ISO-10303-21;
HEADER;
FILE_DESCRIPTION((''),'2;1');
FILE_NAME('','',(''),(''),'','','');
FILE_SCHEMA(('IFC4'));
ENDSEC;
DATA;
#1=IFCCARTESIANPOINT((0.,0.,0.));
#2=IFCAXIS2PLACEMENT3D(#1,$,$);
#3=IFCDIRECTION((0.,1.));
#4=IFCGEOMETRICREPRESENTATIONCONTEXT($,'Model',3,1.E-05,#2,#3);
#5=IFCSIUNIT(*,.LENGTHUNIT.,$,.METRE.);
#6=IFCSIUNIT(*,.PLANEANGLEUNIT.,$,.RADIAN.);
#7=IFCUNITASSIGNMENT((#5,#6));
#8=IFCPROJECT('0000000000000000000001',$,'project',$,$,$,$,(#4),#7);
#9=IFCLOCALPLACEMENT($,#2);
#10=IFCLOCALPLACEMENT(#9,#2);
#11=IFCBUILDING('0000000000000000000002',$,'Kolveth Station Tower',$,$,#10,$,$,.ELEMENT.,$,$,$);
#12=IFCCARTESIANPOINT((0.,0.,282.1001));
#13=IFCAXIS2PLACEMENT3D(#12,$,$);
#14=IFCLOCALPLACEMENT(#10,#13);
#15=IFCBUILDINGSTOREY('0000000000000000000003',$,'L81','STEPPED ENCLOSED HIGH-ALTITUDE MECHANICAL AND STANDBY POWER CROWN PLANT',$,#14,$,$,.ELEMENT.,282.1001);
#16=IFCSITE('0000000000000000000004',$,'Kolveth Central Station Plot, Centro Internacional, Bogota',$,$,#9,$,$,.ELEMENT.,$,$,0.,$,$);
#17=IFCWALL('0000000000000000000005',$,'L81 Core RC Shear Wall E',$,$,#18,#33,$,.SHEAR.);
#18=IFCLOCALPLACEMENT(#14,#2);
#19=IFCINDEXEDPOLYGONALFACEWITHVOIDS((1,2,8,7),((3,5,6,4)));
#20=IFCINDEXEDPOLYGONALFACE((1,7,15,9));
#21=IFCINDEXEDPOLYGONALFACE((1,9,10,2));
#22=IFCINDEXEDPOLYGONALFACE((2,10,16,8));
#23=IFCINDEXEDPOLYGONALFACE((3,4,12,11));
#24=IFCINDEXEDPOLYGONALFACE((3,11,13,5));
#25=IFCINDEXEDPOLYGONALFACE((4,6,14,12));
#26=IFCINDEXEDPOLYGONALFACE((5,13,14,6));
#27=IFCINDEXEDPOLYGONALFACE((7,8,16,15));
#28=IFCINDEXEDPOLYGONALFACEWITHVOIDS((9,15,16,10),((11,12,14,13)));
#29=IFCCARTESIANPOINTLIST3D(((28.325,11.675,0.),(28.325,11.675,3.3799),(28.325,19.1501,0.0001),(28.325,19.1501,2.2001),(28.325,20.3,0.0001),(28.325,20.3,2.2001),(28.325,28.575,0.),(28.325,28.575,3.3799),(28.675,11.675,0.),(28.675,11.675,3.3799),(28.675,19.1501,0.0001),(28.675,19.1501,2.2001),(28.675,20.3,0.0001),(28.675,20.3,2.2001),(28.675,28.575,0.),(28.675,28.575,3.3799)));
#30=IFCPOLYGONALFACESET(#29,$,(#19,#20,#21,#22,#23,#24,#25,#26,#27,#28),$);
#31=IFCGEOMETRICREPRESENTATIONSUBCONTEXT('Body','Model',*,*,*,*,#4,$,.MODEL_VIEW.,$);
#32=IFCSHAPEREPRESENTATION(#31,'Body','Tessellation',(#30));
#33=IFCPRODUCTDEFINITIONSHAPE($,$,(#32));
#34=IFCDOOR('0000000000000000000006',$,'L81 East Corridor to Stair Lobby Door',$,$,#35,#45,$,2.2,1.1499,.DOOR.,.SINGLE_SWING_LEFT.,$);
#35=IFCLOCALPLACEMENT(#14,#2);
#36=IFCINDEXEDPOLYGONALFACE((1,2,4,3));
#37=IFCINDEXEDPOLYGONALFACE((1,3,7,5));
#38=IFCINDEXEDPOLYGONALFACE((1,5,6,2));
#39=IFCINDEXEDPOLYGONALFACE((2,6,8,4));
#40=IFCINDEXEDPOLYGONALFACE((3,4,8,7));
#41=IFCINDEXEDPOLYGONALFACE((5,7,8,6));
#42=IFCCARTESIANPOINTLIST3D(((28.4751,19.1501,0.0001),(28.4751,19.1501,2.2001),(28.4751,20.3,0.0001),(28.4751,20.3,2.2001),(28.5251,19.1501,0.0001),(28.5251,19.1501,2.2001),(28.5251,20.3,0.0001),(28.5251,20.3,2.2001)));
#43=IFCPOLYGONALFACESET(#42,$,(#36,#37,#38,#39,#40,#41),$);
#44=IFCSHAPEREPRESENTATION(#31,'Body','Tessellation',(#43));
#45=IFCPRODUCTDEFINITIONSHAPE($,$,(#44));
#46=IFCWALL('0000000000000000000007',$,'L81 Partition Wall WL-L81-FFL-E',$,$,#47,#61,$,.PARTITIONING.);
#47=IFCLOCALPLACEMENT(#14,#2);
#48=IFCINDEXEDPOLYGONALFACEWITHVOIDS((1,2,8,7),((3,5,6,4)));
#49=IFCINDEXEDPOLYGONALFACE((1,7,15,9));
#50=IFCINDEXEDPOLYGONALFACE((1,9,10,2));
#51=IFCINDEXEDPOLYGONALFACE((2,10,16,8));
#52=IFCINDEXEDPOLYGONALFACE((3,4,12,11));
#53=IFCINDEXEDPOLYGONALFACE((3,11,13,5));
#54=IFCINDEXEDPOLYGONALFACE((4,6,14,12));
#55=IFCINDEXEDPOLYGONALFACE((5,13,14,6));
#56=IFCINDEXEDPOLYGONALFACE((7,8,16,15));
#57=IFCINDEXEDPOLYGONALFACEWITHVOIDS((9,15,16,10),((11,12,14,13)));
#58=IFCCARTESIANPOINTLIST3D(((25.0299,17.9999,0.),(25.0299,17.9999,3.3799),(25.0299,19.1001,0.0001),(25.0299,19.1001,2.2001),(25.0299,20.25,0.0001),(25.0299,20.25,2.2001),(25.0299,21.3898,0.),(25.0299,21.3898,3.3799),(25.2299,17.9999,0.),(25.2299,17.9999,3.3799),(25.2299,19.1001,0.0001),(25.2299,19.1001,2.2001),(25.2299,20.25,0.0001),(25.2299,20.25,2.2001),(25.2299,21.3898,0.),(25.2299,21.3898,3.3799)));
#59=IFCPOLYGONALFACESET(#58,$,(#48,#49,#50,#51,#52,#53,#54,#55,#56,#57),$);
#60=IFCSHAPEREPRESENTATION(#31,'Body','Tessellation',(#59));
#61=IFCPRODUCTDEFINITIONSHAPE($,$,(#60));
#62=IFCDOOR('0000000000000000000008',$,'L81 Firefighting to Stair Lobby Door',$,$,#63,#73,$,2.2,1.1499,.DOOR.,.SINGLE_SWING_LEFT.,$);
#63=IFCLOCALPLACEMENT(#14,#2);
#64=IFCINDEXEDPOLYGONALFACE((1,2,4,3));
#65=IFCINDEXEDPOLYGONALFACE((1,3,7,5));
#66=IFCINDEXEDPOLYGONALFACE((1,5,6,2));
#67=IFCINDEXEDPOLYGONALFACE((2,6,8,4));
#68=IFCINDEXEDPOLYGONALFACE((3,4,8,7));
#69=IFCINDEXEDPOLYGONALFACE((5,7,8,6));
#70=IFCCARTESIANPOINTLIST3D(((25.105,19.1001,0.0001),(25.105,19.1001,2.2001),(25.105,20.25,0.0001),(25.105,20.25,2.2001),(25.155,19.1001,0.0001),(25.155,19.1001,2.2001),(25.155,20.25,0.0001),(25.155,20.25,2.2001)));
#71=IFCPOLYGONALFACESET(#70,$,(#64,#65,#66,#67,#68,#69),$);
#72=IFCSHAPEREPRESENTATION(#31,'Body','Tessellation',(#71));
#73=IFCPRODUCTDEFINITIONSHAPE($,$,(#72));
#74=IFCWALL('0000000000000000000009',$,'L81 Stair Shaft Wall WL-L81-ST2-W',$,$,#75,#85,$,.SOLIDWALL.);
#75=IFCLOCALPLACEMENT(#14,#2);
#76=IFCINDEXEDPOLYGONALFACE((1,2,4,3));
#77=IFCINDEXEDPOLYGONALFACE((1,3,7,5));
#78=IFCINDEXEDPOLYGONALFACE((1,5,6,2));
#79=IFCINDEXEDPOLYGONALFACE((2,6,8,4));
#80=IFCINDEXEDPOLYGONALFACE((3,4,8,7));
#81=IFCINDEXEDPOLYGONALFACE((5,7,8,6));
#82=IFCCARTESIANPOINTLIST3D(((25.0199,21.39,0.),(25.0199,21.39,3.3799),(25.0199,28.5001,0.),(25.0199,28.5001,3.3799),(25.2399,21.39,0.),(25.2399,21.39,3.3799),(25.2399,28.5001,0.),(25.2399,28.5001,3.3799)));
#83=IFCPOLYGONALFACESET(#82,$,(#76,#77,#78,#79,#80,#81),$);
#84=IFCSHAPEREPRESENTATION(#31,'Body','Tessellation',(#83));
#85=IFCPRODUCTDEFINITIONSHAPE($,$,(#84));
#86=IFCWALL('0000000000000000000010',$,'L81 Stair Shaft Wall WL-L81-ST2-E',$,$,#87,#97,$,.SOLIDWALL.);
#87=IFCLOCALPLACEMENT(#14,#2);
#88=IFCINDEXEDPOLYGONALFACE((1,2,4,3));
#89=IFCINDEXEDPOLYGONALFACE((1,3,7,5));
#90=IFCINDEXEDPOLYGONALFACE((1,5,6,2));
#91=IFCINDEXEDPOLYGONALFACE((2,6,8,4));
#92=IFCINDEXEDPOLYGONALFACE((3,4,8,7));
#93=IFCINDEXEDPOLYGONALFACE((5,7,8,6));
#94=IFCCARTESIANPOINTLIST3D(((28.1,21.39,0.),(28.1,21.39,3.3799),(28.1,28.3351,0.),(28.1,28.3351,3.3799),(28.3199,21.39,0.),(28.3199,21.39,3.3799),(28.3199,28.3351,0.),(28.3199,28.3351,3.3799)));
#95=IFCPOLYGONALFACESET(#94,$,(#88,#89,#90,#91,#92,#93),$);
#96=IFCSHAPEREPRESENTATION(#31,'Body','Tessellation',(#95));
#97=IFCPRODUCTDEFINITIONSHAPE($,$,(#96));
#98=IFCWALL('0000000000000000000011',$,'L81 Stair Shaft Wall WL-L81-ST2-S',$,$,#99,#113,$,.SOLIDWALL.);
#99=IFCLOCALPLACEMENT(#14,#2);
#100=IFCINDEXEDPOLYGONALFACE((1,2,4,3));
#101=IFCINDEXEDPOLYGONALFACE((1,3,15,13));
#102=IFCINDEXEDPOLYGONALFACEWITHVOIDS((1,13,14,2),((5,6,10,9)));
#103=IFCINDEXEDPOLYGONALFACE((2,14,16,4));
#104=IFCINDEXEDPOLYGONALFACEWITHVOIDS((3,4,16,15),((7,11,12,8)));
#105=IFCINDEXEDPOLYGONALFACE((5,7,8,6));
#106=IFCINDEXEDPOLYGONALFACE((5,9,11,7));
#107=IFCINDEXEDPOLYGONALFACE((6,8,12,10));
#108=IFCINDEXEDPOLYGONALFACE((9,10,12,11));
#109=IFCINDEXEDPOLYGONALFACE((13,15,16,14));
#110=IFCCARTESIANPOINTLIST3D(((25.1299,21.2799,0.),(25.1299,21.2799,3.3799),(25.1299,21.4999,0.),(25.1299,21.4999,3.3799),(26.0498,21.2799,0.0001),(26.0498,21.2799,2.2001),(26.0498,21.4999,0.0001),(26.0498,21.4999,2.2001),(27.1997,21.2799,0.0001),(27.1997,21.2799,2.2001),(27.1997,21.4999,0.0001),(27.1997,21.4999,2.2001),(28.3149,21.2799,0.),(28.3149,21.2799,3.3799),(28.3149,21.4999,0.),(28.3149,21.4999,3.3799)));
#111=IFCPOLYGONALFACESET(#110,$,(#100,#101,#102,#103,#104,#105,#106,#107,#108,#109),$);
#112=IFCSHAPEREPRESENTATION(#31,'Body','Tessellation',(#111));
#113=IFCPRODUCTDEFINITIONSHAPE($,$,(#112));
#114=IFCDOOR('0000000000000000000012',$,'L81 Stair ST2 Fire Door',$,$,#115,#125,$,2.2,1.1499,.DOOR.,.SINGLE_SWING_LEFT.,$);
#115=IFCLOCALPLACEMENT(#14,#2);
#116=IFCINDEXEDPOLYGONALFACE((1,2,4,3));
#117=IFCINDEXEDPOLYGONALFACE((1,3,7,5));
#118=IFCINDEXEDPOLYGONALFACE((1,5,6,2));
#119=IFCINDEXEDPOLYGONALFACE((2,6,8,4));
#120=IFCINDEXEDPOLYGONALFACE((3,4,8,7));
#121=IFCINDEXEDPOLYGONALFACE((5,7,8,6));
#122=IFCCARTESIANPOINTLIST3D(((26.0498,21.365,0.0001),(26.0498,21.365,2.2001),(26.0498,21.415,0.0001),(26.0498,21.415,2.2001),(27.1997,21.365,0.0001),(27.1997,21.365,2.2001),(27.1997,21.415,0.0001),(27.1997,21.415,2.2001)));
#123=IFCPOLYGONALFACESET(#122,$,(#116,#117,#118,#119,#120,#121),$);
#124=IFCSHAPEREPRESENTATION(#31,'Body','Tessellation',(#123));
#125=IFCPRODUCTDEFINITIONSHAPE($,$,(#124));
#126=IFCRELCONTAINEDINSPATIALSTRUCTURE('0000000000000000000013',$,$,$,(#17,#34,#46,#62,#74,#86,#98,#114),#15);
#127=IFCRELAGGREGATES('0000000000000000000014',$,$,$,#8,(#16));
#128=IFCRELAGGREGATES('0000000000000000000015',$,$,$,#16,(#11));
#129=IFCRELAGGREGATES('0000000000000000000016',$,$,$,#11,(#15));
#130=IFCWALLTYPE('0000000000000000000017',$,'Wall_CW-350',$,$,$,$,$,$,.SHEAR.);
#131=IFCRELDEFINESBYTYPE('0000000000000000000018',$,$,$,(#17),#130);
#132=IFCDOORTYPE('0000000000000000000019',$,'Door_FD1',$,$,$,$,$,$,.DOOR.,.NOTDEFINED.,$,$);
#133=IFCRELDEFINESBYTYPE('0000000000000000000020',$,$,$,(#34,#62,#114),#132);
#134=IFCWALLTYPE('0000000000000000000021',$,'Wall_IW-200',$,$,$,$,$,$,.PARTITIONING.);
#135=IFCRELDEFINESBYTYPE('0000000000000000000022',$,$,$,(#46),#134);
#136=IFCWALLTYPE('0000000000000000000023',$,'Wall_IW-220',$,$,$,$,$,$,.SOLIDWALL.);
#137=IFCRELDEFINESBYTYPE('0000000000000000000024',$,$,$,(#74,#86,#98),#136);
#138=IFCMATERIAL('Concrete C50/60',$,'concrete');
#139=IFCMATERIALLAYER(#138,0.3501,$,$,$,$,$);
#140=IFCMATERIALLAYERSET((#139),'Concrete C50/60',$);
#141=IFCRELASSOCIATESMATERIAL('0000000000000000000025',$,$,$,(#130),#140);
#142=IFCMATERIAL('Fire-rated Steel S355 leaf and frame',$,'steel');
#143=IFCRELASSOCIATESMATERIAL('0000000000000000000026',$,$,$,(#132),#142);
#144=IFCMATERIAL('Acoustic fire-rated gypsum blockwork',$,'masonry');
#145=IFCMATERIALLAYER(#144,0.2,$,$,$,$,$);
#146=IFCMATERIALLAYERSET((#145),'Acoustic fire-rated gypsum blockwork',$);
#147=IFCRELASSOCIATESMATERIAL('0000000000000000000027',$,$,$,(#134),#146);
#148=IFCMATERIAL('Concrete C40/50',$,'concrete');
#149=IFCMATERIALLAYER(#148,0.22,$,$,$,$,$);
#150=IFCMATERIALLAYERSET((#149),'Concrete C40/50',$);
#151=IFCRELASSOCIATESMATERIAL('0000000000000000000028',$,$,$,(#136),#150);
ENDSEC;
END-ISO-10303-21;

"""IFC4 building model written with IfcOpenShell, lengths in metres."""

from ifc_helpers import new_model, si_unit, direction, frame, frame_2d, origin, place, context, subcontext, project, spatial, rectangle, extrude, material, layer, layer_set, type_object, element, fill, save


model = new_model("IFC4")

# Units and contexts
model_context = context("Model", 3, precision=1e-05, world=origin(), true_north=direction((0.0, 1.0)))
body_context = subcontext(model_context, "Body", "Model", "MODEL_VIEW")
ifc_project = project(units=[si_unit("LENGTHUNIT", "METRE"), si_unit("PLANEANGLEUNIT", "RADIAN")], contexts=[model_context])

# Site, building, storey
site_placement = place(None, origin())
site = spatial("IfcSite", under=ifc_project, at=site_placement, Name="Kolveth Central Station Plot, Centro Internacional, Bogota", CompositionType="ELEMENT", RefElevation=0.0)
building_placement = place(site_placement, origin())
building = spatial("IfcBuilding", under=site, at=building_placement, Name="Kolveth Station Tower", CompositionType="ELEMENT")
storey_placement = place(building_placement, frame((0.0, 0.0, 282.1001)))
storey = spatial("IfcBuildingStorey", under=building, at=storey_placement, Name="L81", Description="STEPPED ENCLOSED HIGH-ALTITUDE MECHANICAL AND STANDBY POWER CROWN PLANT", CompositionType="ELEMENT", Elevation=282.1001)

# Walls, openings, doors
ifc_material_1 = material(Name="Concrete C50/60", Category="concrete")
ifc_layer_1 = layer(ifc_material_1, 0.3501)
ifc_layer_set_1 = layer_set([ifc_layer_1], Name="Concrete C50/60")
wall_type_1 = type_object("IfcWallType", Name="Wall_CW-350", PredefinedType="SHEAR", material=ifc_layer_set_1)
wall_1_placement = place(storey_placement, frame((28.5, 11.675, 0.0), z_axis=(0.0, 0.0, 1.0), x_axis=(0.0, 1.0, 0.0)))
wall_1 = element("IfcWall", 1, at=wall_1_placement, inside=storey, type_object=wall_type_1, Name="L81 Core RC Shear Wall E", PredefinedType="SHEAR", context=body_context, shape_type="SweptSolid", body=[
    extrude(rectangle(XDim=16.8999, YDim=0.3501, at=frame_2d((8.45, 0.0))), origin(), (0.0, 0.0, 1.0), 3.3799),
])
opening_1_placement = place(wall_1_placement, frame((7.4751, 0.0, 0.0)))
opening_1 = element("IfcOpeningElement", 2, at=opening_1_placement, cuts=wall_1, PredefinedType="OPENING", context=body_context, shape_type="SweptSolid", body=[
    extrude(rectangle(XDim=1.1499, YDim=2.2, at=frame_2d((0.575, 1.1001))), frame((0.0, 0.1851, 0.0), z_axis=(0.0, -1.0, 0.0), x_axis=(1.0, 0.0, 0.0)), (0.0, 0.0, 1.0), 0.3701),
])
ifc_material_2 = material(Name="Fire-rated Steel S355 leaf and frame", Category="steel")
door_type = type_object("IfcDoorType", Name="Door_FD1", OperationType="NOTDEFINED", PredefinedType="DOOR", material=ifc_material_2)
door_1_placement = place(opening_1_placement, origin())
door_1 = element("IfcDoor", 3, at=door_1_placement, inside=storey, type_object=door_type, Name="L81 East Corridor to Stair Lobby Door", OperationType="SINGLE_SWING_LEFT", OverallHeight=2.2, OverallWidth=1.1499, PredefinedType="DOOR", context=body_context, shape_type="SweptSolid", body=[
    extrude(rectangle(XDim=1.1499, YDim=2.2, at=frame_2d((0.575, 1.1001))), frame((0.0, 0.0249, 0.0), z_axis=(0.0, -1.0, 0.0), x_axis=(1.0, 0.0, 0.0)), (0.0, 0.0, 1.0), 0.05),
])
fill(opening_1, door_1)
ifc_material_3 = material(Name="Acoustic fire-rated gypsum blockwork", Category="masonry")
ifc_layer_2 = layer(ifc_material_3, 0.2)
ifc_layer_set_2 = layer_set([ifc_layer_2], Name="Acoustic fire-rated gypsum blockwork")
wall_type_2 = type_object("IfcWallType", Name="Wall_IW-200", PredefinedType="PARTITIONING", material=ifc_layer_set_2)
wall_2_placement = place(storey_placement, frame((25.1299, 18.0, 0.0), z_axis=(0.0, 0.0, 1.0), x_axis=(0.0, 1.0, 0.0)))
wall_2 = element("IfcWall", 4, at=wall_2_placement, inside=storey, type_object=wall_type_2, Name="L81 Partition Wall WL-L81-FFL-E", PredefinedType="PARTITIONING", context=body_context, shape_type="SweptSolid", body=[
    extrude(rectangle(XDim=3.3899, YDim=0.2, at=frame_2d((1.6948, 0.0))), origin(), (0.0, 0.0, 1.0), 3.3799),
])
opening_2_placement = place(wall_2_placement, frame((1.1001, 0.0, 0.0)))
opening_2 = element("IfcOpeningElement", 5, at=opening_2_placement, cuts=wall_2, PredefinedType="OPENING", context=body_context, shape_type="SweptSolid", body=[
    extrude(rectangle(XDim=1.1499, YDim=2.2, at=frame_2d((0.575, 1.1001))), frame((0.0, 0.1099, 0.0), z_axis=(0.0, -1.0, 0.0), x_axis=(1.0, 0.0, 0.0)), (0.0, 0.0, 1.0), 0.22),
])
door_2_placement = place(opening_2_placement, origin())
door_2 = element("IfcDoor", 6, at=door_2_placement, inside=storey, type_object=door_type, Name="L81 Firefighting to Stair Lobby Door", OperationType="SINGLE_SWING_LEFT", OverallHeight=2.2, OverallWidth=1.1499, PredefinedType="DOOR", context=body_context, shape_type="SweptSolid", body=[
    extrude(rectangle(XDim=1.1499, YDim=2.2, at=frame_2d((0.575, 1.1001))), frame((0.0, 0.0249, 0.0), z_axis=(0.0, -1.0, 0.0), x_axis=(1.0, 0.0, 0.0)), (0.0, 0.0, 1.0), 0.05),
])
fill(opening_2, door_2)

# Walls
ifc_material_4 = material(Name="Concrete C40/50", Category="concrete")
ifc_layer_3 = layer(ifc_material_4, 0.22)
ifc_layer_set_3 = layer_set([ifc_layer_3], Name="Concrete C40/50")
wall_type_3 = type_object("IfcWallType", Name="Wall_IW-220", PredefinedType="SOLIDWALL", material=ifc_layer_set_3)
wall_3_placement = place(storey_placement, frame((25.1299, 21.3899, 0.0), z_axis=(0.0, 0.0, 1.0), x_axis=(0.0, 1.0, 0.0)))
element("IfcWall", 7, at=wall_3_placement, inside=storey, type_object=wall_type_3, Name="L81 Stair Shaft Wall WL-L81-ST2-W", PredefinedType="SOLIDWALL", context=body_context, shape_type="SweptSolid", body=[
    extrude(rectangle(XDim=7.1101, YDim=0.22, at=frame_2d((3.5552, 0.0))), origin(), (0.0, 0.0, 1.0), 3.3799),
])
wall_4_placement = place(storey_placement, frame((28.21, 21.3899, 0.0), z_axis=(0.0, 0.0, 1.0), x_axis=(0.0, 1.0, 0.0)))
element("IfcWall", 8, at=wall_4_placement, inside=storey, type_object=wall_type_3, Name="L81 Stair Shaft Wall WL-L81-ST2-E", PredefinedType="SOLIDWALL", context=body_context, shape_type="SweptSolid", body=[
    extrude(rectangle(XDim=6.9451, YDim=0.22, at=frame_2d((3.4727, 0.0))), origin(), (0.0, 0.0, 1.0), 3.3799),
])

# Wall, opening, door
wall_5_placement = place(storey_placement, frame((25.1299, 21.3899, 0.0), z_axis=(0.0, 0.0, 1.0), x_axis=(1.0, 0.0, 0.0)))
wall_5 = element("IfcWall", 9, at=wall_5_placement, inside=storey, type_object=wall_type_3, Name="L81 Stair Shaft Wall WL-L81-ST2-S", PredefinedType="SOLIDWALL", context=body_context, shape_type="SweptSolid", body=[
    extrude(rectangle(XDim=3.1851, YDim=0.22, at=frame_2d((1.5925, 0.0))), origin(), (0.0, 0.0, 1.0), 3.3799),
])
opening_3_placement = place(wall_5_placement, frame((0.9199, 0.0, 0.0)))
opening_3 = element("IfcOpeningElement", 10, at=opening_3_placement, cuts=wall_5, PredefinedType="OPENING", context=body_context, shape_type="SweptSolid", body=[
    extrude(rectangle(XDim=1.1499, YDim=2.2, at=frame_2d((0.575, 1.1001))), frame((0.0, 0.1199, 0.0), z_axis=(0.0, -1.0, 0.0), x_axis=(1.0, 0.0, 0.0)), (0.0, 0.0, 1.0), 0.24),
])
door_3_placement = place(opening_3_placement, frame((1.1499, 0.0, 0.0), z_axis=(0.0, 0.0, 1.0), x_axis=(-1.0, 0.0, 0.0)))
door_3 = element("IfcDoor", 11, at=door_3_placement, inside=storey, type_object=door_type, Name="L81 Stair ST2 Fire Door", OperationType="SINGLE_SWING_LEFT", OverallHeight=2.2, OverallWidth=1.1499, PredefinedType="DOOR", context=body_context, shape_type="SweptSolid", body=[
    extrude(rectangle(XDim=1.1499, YDim=2.2, at=frame_2d((0.575, 1.1001))), frame((0.0, 0.0249, 0.0), z_axis=(0.0, -1.0, 0.0), x_axis=(1.0, 0.0, 0.0)), (0.0, 0.0, 1.0), 0.05),
])
fill(opening_3, door_3)

save(model, "model.ifc")
